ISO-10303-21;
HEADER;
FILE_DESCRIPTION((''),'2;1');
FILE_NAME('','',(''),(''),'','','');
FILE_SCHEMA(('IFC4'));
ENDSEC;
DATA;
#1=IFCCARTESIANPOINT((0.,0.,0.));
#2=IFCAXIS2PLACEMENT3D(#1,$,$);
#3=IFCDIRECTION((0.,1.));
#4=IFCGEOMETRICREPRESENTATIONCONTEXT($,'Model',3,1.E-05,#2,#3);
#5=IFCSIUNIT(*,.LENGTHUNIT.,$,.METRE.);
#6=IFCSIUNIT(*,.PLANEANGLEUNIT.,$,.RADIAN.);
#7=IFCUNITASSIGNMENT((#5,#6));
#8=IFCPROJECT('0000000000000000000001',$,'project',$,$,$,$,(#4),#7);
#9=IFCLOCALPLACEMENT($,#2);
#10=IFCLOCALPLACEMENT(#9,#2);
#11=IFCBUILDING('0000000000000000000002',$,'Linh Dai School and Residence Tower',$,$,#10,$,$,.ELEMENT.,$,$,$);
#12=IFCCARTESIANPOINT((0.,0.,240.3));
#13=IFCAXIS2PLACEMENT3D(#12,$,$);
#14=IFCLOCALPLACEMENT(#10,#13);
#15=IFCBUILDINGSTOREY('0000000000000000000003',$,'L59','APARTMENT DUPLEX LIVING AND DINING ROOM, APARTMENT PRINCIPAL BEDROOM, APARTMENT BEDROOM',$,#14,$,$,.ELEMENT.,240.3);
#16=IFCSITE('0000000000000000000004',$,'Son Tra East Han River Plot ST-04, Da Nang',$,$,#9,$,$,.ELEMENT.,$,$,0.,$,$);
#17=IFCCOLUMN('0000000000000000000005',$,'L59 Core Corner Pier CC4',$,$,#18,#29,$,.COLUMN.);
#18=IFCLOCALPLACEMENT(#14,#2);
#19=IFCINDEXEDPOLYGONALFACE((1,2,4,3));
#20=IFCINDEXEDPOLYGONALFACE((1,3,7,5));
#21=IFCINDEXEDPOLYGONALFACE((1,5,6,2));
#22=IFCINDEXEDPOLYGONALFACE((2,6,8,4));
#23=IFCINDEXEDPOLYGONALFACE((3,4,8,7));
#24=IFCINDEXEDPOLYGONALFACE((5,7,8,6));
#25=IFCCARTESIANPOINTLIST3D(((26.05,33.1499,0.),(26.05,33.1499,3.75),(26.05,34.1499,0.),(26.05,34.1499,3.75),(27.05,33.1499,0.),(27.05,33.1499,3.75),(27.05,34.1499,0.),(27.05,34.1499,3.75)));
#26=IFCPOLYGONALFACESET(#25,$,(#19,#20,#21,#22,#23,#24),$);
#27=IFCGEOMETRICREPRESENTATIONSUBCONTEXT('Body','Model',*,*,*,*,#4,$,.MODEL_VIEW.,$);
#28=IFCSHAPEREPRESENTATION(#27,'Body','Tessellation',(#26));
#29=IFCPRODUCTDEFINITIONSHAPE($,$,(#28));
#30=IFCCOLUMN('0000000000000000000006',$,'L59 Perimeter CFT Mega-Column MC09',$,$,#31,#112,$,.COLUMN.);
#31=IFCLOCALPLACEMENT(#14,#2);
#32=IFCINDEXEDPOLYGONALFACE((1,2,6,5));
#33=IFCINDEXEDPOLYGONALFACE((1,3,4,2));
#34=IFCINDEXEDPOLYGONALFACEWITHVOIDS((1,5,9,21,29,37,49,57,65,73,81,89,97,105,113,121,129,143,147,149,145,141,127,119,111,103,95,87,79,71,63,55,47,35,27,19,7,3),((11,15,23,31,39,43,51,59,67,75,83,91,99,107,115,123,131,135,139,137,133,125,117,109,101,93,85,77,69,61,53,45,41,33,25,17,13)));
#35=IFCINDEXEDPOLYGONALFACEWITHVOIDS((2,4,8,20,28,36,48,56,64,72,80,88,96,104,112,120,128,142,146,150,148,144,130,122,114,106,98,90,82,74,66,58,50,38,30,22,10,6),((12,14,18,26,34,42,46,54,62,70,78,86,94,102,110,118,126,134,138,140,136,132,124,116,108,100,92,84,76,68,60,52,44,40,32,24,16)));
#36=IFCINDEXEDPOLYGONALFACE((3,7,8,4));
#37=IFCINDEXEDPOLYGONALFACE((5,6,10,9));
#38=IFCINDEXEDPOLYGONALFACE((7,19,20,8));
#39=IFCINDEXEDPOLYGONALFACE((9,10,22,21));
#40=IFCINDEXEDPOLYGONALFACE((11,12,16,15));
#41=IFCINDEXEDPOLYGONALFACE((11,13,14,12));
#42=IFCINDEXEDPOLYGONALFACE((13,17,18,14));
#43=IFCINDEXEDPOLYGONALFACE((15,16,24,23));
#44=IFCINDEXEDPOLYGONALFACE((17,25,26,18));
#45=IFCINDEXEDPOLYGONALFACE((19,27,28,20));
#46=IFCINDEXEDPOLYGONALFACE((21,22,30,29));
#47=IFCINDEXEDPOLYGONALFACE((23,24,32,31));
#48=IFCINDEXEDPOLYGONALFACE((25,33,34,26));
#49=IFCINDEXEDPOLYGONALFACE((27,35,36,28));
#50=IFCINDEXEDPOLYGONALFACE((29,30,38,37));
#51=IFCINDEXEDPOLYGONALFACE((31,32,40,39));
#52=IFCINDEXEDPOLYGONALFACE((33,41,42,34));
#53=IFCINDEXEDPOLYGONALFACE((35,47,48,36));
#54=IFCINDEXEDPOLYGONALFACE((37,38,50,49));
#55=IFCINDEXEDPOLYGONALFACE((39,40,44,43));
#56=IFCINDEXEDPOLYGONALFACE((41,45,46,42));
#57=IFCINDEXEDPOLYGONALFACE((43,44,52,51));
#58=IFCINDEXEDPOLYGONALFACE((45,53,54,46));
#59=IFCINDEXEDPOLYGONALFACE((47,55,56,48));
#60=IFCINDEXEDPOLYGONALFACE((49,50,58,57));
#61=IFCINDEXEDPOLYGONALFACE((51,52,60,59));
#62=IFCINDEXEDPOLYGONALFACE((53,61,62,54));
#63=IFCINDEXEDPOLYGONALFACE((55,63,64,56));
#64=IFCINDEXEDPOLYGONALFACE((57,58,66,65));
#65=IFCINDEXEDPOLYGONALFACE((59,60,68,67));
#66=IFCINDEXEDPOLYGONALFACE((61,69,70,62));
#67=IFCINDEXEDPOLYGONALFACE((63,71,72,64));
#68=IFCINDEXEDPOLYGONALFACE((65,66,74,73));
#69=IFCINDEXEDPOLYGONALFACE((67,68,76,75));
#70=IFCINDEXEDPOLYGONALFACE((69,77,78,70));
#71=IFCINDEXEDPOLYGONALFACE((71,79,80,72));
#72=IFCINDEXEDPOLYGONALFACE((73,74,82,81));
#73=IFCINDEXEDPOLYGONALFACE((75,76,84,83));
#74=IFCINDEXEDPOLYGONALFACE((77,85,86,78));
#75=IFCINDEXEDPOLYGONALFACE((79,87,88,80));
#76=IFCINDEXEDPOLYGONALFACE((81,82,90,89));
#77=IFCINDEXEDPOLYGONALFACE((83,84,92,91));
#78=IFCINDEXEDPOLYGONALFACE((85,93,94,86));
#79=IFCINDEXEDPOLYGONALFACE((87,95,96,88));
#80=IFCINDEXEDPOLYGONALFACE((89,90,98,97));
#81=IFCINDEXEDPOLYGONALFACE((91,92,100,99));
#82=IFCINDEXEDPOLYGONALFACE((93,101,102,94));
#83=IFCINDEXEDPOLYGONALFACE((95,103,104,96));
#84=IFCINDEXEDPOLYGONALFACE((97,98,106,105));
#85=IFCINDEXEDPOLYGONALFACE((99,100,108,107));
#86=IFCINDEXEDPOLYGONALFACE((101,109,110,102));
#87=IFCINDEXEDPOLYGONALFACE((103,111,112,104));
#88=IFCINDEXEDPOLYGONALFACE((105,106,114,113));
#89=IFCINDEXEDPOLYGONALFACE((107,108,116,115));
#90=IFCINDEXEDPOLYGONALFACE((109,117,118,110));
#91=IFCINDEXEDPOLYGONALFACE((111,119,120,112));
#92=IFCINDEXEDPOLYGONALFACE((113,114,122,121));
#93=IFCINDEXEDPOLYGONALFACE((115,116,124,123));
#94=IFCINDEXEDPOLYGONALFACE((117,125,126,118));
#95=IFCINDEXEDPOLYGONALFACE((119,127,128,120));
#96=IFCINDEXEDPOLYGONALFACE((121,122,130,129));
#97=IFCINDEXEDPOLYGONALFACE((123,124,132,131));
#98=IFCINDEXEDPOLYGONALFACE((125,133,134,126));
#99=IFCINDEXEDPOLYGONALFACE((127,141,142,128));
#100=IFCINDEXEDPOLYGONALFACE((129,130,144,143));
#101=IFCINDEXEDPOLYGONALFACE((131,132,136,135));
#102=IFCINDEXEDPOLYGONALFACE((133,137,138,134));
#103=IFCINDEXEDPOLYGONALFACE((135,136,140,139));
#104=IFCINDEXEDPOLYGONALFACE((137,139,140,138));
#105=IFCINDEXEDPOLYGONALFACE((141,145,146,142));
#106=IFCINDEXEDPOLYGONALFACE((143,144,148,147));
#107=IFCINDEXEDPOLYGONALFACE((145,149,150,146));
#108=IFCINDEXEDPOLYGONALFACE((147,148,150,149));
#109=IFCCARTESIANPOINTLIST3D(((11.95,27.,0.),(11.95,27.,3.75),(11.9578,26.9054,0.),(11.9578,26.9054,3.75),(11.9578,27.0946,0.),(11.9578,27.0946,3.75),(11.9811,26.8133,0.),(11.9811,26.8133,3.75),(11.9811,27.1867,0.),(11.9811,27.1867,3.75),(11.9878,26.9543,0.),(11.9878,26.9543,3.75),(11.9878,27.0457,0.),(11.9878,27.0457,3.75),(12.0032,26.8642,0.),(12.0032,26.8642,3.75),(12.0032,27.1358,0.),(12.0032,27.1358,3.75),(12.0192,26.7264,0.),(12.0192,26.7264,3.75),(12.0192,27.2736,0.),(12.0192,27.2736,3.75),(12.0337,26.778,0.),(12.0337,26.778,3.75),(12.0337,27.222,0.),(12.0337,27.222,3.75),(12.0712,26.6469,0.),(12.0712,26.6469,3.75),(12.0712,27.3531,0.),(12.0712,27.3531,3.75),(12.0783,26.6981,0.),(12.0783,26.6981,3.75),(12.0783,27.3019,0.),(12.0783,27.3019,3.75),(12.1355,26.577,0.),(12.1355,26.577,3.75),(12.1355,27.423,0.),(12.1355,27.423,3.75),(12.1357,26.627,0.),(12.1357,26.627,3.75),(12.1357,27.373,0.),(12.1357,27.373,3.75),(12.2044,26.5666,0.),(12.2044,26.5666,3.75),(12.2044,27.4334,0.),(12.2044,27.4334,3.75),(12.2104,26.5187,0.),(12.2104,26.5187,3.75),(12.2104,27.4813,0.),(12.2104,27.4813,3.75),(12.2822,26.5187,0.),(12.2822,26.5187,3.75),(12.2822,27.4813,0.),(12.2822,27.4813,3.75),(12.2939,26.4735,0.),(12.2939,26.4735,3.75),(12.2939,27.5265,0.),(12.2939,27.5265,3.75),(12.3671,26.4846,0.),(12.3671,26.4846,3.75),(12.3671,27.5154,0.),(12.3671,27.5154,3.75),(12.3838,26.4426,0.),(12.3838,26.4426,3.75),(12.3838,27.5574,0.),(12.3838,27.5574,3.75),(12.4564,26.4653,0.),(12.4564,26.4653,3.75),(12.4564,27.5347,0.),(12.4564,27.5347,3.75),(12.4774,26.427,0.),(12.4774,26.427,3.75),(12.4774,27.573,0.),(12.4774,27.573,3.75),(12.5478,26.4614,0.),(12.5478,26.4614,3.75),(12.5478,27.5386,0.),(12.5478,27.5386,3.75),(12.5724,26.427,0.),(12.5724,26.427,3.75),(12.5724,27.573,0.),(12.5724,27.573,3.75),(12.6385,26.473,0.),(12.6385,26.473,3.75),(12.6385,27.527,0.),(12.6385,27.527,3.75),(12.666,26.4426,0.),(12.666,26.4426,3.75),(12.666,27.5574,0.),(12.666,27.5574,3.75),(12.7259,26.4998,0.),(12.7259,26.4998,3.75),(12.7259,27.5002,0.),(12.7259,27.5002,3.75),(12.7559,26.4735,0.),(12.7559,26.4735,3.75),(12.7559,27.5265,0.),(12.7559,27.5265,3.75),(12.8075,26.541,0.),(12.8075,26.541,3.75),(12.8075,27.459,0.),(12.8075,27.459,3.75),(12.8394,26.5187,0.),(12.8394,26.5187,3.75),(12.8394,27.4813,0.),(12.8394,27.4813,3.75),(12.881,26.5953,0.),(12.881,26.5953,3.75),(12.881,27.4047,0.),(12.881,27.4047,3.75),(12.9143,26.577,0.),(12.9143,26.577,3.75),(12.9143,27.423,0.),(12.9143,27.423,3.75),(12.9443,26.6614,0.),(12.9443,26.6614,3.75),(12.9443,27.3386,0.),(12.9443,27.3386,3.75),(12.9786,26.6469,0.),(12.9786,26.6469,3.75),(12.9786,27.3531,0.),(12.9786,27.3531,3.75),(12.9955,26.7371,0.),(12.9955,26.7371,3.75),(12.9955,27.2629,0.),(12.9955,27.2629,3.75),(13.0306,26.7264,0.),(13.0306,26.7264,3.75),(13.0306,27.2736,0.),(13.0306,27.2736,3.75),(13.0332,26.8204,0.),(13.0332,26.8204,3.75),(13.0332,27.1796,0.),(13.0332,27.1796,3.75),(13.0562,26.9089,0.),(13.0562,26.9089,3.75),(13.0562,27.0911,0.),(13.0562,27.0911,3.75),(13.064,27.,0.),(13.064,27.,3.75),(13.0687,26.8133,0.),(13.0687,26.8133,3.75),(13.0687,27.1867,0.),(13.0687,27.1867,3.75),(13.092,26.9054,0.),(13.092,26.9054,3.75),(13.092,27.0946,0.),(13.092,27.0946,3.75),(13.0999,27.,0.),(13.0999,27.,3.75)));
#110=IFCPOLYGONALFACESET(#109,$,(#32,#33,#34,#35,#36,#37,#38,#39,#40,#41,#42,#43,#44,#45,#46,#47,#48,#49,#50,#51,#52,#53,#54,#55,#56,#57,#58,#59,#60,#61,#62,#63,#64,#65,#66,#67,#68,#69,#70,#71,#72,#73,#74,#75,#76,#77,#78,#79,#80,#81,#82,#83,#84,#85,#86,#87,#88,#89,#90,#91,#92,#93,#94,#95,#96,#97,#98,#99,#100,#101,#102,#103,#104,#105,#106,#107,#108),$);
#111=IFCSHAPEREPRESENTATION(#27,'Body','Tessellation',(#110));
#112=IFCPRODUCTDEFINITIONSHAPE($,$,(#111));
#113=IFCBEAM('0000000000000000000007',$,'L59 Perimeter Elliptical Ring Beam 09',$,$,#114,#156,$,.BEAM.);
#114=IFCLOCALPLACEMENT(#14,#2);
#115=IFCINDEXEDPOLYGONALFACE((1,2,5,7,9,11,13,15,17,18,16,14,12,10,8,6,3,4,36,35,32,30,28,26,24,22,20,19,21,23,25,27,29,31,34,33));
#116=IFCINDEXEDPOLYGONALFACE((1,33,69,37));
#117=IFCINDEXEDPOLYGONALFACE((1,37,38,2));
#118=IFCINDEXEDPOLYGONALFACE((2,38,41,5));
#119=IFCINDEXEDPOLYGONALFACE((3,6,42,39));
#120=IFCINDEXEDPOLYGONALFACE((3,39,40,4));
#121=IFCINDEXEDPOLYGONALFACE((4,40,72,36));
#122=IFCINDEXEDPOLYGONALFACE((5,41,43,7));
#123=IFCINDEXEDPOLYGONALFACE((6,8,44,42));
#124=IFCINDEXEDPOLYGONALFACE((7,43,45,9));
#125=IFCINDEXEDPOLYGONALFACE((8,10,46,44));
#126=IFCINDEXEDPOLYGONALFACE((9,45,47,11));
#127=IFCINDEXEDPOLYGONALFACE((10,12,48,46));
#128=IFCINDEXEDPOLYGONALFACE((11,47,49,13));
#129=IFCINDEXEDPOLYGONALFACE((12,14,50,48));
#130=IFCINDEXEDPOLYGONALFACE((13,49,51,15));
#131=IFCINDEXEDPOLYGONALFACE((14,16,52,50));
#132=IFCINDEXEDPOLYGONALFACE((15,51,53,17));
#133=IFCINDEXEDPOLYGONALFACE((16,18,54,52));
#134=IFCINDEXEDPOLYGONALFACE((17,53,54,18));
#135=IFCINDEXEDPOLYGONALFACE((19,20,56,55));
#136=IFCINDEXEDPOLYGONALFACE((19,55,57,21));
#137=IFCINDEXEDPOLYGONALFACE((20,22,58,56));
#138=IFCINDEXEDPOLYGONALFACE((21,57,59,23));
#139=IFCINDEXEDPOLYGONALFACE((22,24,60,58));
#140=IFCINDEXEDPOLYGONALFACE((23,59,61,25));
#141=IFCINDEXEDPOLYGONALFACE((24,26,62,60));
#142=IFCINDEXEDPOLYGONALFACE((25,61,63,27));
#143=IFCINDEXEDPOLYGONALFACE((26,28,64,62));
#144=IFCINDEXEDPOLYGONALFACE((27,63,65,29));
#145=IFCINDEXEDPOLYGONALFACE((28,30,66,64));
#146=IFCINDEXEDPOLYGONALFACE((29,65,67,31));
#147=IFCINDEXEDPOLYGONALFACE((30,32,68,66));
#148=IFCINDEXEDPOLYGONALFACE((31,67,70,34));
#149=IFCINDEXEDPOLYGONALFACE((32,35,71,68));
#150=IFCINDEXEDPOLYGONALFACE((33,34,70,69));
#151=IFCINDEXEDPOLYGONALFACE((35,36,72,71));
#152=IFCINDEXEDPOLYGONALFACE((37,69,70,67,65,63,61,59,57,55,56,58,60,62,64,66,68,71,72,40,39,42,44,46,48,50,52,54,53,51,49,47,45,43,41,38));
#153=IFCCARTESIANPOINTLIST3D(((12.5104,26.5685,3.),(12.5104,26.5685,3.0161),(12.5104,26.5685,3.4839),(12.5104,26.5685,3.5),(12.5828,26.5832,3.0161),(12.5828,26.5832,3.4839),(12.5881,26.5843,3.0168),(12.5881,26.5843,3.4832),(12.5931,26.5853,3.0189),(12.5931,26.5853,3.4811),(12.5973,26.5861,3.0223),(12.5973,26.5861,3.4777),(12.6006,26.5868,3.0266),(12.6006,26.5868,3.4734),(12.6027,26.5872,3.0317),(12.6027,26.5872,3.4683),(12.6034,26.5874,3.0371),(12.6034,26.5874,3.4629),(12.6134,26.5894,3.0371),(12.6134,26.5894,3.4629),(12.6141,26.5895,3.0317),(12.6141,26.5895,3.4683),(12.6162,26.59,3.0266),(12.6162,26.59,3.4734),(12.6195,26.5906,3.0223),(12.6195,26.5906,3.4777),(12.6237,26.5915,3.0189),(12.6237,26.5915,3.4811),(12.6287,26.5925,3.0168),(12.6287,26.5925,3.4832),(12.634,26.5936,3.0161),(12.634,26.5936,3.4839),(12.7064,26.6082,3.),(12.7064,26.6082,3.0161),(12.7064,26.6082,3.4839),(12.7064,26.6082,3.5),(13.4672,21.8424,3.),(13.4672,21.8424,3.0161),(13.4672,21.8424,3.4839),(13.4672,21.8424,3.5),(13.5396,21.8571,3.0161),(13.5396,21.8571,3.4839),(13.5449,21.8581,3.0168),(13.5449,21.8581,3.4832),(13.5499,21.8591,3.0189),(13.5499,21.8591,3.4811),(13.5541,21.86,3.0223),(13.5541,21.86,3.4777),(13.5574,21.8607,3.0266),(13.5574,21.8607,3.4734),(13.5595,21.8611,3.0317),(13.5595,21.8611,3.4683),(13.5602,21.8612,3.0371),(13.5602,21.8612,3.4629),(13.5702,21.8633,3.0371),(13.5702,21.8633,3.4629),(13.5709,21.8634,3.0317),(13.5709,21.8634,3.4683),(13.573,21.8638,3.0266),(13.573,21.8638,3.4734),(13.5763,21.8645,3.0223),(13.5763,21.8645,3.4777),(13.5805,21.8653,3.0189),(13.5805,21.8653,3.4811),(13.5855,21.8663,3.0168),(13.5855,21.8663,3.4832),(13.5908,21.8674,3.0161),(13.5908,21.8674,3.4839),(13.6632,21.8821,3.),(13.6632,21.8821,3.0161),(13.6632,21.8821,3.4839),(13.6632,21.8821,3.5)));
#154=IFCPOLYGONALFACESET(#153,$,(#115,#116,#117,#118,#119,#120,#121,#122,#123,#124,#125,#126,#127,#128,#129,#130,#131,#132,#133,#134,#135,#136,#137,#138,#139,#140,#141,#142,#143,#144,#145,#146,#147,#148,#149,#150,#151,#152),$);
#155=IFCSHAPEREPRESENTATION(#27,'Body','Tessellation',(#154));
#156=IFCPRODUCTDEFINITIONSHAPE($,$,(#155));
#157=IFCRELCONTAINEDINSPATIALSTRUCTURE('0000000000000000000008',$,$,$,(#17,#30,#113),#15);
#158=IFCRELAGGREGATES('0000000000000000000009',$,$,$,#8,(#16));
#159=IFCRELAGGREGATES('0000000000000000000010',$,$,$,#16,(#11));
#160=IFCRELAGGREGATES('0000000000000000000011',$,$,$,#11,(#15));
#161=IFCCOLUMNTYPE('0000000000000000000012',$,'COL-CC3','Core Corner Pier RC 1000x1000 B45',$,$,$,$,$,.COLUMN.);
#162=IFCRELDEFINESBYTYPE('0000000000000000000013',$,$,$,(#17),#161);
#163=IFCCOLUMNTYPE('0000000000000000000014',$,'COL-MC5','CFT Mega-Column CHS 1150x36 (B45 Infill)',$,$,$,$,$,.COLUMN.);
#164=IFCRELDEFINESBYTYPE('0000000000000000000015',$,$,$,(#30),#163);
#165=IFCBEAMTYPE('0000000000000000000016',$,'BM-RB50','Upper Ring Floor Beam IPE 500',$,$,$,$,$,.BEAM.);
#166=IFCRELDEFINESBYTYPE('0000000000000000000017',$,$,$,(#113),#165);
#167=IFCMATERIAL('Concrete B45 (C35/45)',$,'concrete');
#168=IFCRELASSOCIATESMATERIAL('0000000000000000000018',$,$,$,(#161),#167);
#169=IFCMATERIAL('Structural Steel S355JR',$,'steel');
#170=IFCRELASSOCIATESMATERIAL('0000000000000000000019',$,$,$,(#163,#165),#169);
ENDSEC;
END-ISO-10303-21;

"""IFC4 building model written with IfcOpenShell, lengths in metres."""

from ifc_helpers import new_model, si_unit, direction, frame, origin, origin_2d, place, context, subcontext, project, spatial, rectangle, hollow_circle, i_section, extrude, material, material_profile, profile_set, type_object, element, save


model = new_model("IFC4")

# Units and contexts
model_context = context("Model", 3, precision=1e-05, world=origin(), true_north=direction((0.0, 1.0)))
body_context = subcontext(model_context, "Body", "Model", "MODEL_VIEW")
ifc_project = project(units=[si_unit("LENGTHUNIT", "METRE"), si_unit("PLANEANGLEUNIT", "RADIAN")], contexts=[model_context])

# Site, building, storey
site_placement = place(None, origin())
site = spatial("IfcSite", under=ifc_project, at=site_placement, Name="Son Tra East Han River Plot ST-04, Da Nang", CompositionType="ELEMENT", RefElevation=0.0)
building_placement = place(site_placement, origin())
building = spatial("IfcBuilding", under=site, at=building_placement, Name="Linh Dai School and Residence Tower", CompositionType="ELEMENT")
storey_placement = place(building_placement, frame((0.0, 0.0, 240.3)))
storey = spatial("IfcBuildingStorey", under=building, at=storey_placement, Name="L59", Description="APARTMENT DUPLEX LIVING AND DINING ROOM, APARTMENT PRINCIPAL BEDROOM, APARTMENT BEDROOM", CompositionType="ELEMENT", Elevation=240.3)

# Columns
ifc_material_1 = material(Name="Concrete B45 (C35/45)", Category="concrete")
ifc_material_profile_1 = material_profile(ifc_material_1, rectangle(XDim=1.0, YDim=1.0, at=origin_2d()), Name="RC 1000x1000")
ifc_profile_set_1 = profile_set([ifc_material_profile_1], Name="Concrete B45 (C35/45)")
column_type_1 = type_object("IfcColumnType", Name="COL-CC3", Description="Core Corner Pier RC 1000x1000 B45", PredefinedType="COLUMN", material=ifc_profile_set_1)
column_1_placement = place(storey_placement, frame((26.55, 33.6499, 0.0), z_axis=(0.0, 0.0, 1.0), x_axis=(1.0, 0.0, 0.0)))
element("IfcColumn", 1, at=column_1_placement, inside=storey, type_object=column_type_1, Name="L59 Core Corner Pier CC4", PredefinedType="COLUMN", context=body_context, shape_type="SweptSolid", body=[
    extrude(rectangle(XDim=1.0, YDim=1.0, at=origin_2d()), origin(), (0.0, 0.0, 1.0), 3.75),
])
ifc_material_2 = material(Name="Structural Steel S355JR", Category="steel")
ifc_material_profile_2 = material_profile(ifc_material_2, hollow_circle(Radius=0.575, WallThickness=0.0359, at=origin_2d()), Name="CHS 1150x36")
ifc_profile_set_2 = profile_set([ifc_material_profile_2], Name="Structural Steel S355JR")
column_type_2 = type_object("IfcColumnType", Name="COL-MC5", Description="CFT Mega-Column CHS 1150x36 (B45 Infill)", PredefinedType="COLUMN", material=ifc_profile_set_2)
column_2_placement = place(storey_placement, frame((12.5249, 27.0, 0.0), z_axis=(0.0, 0.0, 1.0), x_axis=(1.0, 0.0, 0.0)))
element("IfcColumn", 2, at=column_2_placement, inside=storey, type_object=column_type_2, Name="L59 Perimeter CFT Mega-Column MC09", PredefinedType="COLUMN", context=body_context, shape_type="SweptSolid", body=[
    extrude(hollow_circle(Radius=0.575, WallThickness=0.0359, at=origin_2d()), origin(), (0.0, 0.0, 1.0), 3.75),
])

# Beam
ifc_material_profile_3 = material_profile(ifc_material_2, i_section(OverallWidth=0.2, OverallDepth=0.5, WebThickness=0.0103, FlangeThickness=0.0161, FilletRadius=0.021, at=origin_2d()), Name="IPE 500")
ifc_profile_set_3 = profile_set([ifc_material_profile_3], Name="Structural Steel S355JR")
beam_type_1 = type_object("IfcBeamType", Name="BM-RB50", Description="Upper Ring Floor Beam IPE 500", PredefinedType="BEAM", material=ifc_profile_set_3)
beam_1_placement = place(storey_placement, frame((12.6084, 26.5884, 3.25), z_axis=(0.198423, -0.980116, 0.0), x_axis=(0.980116, 0.198423, 0.0)))
element("IfcBeam", 3, at=beam_1_placement, inside=storey, type_object=beam_type_1, Name="L59 Perimeter Elliptical Ring Beam 09", PredefinedType="BEAM", context=body_context, shape_type="SweptSolid", body=[
    extrude(i_section(OverallWidth=0.2, OverallDepth=0.5, WebThickness=0.0103, FlangeThickness=0.0161, FilletRadius=0.021, at=origin_2d()), origin(), (0.0, 0.0, 1.0), 4.822),
])

save(model, "model.ifc")
